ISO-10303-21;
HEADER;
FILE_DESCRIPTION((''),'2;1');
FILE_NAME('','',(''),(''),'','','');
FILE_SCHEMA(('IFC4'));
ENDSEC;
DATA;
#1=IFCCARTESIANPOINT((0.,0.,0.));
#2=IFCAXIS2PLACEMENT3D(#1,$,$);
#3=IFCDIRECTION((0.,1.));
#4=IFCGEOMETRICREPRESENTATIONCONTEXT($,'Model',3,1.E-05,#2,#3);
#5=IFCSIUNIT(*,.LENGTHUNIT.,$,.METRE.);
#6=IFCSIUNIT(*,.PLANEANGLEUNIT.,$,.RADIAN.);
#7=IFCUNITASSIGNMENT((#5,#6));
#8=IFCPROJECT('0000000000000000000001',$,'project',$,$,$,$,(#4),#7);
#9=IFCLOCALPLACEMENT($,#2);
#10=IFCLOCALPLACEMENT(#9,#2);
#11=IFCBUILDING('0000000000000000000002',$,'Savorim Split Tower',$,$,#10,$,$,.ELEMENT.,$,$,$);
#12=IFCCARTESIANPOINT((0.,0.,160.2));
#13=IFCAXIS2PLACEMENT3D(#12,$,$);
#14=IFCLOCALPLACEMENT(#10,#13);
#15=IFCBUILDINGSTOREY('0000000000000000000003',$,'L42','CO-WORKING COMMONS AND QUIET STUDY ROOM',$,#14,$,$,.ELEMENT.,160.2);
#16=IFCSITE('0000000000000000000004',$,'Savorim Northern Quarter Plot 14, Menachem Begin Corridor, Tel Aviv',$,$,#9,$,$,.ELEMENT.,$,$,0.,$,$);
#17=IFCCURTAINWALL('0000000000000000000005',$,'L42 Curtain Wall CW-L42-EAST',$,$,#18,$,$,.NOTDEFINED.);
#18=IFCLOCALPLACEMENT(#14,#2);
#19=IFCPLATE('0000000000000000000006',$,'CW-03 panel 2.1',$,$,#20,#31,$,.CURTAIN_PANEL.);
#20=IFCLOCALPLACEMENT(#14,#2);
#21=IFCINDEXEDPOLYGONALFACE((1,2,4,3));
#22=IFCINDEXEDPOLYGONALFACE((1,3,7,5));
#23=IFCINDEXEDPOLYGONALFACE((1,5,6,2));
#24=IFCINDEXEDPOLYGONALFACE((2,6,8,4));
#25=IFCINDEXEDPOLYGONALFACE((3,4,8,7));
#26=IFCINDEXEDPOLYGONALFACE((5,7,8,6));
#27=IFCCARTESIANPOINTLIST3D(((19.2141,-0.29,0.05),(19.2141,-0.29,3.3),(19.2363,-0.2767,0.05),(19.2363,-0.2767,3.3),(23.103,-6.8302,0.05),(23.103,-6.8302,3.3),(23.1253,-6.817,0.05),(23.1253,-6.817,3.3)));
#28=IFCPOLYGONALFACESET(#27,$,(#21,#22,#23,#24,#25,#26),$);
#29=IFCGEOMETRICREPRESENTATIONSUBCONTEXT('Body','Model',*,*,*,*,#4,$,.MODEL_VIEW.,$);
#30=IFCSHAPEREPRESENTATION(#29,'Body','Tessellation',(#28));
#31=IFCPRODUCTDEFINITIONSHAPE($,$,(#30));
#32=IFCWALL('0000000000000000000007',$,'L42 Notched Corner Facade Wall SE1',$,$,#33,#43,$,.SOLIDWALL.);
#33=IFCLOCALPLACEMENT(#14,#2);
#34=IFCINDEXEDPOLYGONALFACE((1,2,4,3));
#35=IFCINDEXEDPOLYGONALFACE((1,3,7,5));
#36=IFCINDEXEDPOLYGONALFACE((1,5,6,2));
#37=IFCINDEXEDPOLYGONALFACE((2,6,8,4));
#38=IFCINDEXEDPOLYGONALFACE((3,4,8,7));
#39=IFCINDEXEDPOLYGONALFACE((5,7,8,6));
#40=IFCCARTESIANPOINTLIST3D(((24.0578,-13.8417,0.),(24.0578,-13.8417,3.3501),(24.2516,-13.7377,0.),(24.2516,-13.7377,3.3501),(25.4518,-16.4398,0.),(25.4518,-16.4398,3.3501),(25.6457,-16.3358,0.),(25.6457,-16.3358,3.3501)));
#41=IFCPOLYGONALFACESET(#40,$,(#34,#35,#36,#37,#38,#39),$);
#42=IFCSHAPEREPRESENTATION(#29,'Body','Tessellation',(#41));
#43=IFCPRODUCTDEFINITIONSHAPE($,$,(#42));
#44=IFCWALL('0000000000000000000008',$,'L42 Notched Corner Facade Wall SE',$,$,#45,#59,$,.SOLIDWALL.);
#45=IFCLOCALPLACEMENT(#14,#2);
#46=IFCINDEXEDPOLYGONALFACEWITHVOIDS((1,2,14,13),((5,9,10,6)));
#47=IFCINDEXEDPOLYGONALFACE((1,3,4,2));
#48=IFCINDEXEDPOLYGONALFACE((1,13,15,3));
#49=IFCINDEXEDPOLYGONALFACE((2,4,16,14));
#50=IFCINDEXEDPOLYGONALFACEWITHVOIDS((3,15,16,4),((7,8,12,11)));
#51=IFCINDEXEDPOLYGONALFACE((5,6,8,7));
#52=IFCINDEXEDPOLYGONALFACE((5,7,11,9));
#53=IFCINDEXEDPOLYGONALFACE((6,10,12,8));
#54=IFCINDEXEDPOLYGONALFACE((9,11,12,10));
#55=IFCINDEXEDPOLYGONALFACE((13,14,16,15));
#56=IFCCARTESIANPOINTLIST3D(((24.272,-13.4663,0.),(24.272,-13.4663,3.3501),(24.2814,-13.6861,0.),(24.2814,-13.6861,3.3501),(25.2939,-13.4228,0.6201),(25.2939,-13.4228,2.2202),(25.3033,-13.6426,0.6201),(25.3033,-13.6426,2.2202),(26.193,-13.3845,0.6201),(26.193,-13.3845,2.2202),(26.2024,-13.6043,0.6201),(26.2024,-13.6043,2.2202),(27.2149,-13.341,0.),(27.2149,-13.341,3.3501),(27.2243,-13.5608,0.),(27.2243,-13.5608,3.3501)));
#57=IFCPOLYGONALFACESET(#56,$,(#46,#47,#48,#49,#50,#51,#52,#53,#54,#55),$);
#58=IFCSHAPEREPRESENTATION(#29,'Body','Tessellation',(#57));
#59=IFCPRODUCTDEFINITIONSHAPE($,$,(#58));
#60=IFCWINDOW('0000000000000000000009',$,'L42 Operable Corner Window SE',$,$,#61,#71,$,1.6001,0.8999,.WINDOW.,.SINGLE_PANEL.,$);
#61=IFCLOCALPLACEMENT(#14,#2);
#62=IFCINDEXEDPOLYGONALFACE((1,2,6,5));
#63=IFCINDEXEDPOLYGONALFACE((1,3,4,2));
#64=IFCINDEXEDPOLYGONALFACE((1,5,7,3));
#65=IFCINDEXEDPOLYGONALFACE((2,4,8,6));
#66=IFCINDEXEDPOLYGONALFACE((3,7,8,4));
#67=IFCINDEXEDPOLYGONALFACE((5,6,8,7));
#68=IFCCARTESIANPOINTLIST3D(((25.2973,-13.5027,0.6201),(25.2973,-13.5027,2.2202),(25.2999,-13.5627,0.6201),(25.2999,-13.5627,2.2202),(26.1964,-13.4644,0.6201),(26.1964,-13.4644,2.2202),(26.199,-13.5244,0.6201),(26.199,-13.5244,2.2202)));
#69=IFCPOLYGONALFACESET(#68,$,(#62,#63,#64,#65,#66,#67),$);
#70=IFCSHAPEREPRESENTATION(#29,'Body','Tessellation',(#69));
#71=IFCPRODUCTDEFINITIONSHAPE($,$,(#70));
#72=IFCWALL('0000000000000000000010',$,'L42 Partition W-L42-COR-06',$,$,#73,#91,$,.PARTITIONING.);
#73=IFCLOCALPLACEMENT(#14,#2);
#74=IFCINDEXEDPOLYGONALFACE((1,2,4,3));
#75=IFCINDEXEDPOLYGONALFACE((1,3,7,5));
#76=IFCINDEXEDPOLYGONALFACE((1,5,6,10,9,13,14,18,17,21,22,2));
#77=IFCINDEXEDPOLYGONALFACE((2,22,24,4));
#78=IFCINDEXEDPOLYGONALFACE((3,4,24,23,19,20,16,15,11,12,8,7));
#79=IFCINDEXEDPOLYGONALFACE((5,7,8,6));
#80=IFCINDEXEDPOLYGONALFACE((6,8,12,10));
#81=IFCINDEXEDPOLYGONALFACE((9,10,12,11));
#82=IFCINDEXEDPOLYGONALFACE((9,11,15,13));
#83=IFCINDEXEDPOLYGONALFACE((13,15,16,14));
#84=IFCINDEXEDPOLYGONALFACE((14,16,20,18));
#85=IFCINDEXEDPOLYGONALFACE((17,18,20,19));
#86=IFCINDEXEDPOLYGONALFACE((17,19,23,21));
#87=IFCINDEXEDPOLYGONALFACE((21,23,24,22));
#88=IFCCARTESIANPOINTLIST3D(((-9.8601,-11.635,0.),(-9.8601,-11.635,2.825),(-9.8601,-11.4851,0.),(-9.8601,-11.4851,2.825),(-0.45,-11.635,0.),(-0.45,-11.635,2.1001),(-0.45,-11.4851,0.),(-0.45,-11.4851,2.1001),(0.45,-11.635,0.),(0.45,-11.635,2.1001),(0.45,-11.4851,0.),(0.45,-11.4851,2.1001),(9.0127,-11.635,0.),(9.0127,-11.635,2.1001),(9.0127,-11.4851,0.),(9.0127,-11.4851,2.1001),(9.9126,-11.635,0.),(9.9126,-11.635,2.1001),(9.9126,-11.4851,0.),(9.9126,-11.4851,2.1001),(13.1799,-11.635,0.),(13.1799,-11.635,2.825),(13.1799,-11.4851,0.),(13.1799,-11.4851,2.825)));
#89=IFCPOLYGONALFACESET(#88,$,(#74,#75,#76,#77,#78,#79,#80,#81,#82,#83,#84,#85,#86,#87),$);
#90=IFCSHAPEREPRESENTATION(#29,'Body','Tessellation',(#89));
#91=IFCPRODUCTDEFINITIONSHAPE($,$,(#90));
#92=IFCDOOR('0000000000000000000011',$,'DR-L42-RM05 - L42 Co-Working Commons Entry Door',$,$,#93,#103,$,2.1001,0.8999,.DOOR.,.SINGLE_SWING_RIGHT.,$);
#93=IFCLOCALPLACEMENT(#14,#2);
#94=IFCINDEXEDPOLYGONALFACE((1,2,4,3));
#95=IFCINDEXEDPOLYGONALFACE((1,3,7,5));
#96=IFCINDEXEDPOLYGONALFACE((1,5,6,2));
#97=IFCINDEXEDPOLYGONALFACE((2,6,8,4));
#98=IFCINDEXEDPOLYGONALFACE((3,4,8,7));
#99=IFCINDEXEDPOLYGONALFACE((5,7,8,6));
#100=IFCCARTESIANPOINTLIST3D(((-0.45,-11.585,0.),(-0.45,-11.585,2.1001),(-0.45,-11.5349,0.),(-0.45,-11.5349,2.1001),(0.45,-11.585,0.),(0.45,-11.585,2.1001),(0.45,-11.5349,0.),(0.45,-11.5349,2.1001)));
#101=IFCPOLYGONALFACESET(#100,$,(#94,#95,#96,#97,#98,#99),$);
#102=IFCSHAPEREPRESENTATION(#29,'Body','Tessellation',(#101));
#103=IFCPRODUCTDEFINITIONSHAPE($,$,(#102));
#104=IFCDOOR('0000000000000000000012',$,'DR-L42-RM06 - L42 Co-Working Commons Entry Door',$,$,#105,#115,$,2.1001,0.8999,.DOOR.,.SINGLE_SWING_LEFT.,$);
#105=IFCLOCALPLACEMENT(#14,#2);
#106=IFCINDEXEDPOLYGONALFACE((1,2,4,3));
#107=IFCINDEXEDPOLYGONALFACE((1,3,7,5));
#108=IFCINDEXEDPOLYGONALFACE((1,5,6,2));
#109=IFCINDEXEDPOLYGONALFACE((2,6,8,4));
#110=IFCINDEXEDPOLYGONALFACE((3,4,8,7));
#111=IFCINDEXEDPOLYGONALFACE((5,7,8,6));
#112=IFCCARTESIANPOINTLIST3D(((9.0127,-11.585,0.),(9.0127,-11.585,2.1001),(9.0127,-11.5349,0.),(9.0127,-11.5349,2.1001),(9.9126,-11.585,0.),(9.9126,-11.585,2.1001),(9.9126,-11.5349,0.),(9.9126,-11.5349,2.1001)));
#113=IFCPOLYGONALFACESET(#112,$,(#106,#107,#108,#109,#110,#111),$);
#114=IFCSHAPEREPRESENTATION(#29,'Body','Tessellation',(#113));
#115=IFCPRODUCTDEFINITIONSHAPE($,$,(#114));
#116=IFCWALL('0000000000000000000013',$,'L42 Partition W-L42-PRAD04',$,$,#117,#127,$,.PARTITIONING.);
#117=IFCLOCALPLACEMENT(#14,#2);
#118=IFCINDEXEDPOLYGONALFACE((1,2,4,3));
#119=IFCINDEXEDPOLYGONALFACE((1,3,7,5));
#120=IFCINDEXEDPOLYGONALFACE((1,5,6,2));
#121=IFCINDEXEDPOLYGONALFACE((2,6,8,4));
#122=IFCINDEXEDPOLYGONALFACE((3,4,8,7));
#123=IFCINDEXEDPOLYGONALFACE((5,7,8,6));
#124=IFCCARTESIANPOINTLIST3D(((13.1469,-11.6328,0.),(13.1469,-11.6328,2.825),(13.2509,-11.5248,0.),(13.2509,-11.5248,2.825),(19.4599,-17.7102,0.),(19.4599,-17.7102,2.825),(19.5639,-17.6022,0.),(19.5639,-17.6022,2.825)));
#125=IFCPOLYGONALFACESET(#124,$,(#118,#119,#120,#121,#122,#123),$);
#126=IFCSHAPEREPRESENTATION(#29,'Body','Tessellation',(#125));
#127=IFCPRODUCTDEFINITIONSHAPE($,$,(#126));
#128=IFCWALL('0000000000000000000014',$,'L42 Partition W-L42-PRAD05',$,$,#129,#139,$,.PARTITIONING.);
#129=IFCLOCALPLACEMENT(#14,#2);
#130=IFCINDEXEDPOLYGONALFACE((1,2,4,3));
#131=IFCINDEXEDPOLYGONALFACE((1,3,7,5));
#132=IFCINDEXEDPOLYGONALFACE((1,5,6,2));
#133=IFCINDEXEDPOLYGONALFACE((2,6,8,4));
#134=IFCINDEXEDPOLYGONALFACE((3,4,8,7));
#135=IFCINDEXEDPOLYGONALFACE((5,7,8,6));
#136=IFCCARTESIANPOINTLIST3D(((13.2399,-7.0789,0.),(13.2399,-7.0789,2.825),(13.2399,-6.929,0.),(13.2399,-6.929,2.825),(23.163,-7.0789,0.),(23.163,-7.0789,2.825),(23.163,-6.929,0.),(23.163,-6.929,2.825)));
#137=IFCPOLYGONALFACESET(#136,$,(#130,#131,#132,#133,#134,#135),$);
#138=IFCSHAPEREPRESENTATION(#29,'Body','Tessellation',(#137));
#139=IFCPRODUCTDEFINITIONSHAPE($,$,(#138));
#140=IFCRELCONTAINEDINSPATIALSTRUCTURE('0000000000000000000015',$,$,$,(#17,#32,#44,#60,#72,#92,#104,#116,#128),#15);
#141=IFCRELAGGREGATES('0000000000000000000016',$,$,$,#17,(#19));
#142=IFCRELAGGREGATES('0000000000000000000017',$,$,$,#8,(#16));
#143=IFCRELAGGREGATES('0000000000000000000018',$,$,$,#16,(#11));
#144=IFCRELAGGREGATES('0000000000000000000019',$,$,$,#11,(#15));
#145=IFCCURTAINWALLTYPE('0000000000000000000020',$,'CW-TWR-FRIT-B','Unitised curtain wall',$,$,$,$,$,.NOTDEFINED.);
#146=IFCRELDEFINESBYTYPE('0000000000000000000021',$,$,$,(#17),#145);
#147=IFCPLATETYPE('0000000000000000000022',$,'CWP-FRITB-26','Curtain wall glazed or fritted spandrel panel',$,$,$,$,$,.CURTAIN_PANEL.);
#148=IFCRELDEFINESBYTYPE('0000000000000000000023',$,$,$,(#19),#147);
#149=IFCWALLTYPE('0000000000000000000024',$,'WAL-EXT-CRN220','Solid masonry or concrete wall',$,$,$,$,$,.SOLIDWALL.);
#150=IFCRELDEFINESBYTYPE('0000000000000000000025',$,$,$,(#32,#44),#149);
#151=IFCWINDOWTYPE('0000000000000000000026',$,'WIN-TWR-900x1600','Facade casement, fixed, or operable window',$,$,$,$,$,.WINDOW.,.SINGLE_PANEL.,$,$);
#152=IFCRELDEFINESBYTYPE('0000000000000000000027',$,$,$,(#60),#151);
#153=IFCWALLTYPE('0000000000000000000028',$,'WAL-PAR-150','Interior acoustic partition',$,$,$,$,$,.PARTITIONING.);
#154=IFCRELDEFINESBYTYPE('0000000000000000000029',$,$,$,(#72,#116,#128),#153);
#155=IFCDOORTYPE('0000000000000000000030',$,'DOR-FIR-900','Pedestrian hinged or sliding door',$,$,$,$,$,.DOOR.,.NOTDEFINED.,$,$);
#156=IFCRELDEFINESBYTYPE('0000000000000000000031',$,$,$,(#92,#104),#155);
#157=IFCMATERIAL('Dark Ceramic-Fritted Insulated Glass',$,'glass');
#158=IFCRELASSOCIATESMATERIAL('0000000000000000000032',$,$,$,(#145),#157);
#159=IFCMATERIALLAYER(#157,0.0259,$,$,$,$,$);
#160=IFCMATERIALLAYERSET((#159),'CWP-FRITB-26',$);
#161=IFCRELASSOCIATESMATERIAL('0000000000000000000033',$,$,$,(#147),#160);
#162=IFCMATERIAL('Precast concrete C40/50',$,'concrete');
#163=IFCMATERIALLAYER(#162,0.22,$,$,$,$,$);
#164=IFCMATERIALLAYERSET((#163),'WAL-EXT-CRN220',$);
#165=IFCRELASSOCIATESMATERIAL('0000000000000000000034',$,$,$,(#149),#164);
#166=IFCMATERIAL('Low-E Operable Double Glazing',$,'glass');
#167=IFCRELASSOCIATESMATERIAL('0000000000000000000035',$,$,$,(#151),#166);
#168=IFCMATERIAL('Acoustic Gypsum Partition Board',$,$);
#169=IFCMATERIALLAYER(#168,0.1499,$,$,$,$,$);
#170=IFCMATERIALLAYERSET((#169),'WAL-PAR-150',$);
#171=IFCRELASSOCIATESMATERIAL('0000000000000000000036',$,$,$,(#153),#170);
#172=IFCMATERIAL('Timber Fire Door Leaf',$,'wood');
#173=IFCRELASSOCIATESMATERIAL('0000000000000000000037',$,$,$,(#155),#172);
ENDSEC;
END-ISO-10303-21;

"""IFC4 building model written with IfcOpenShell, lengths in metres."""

from ifc_helpers import new_model, si_unit, direction, frame, frame_2d, origin, origin_2d, place, context, subcontext, project, spatial, rectangle, extrude, material, layer, layer_set, type_object, element, fill, aggregate, save


model = new_model("IFC4")

# Units and contexts
model_context = context("Model", 3, precision=1e-05, world=origin(), true_north=direction((0.0, 1.0)))
body_context = subcontext(model_context, "Body", "Model", "MODEL_VIEW")
ifc_project = project(units=[si_unit("LENGTHUNIT", "METRE"), si_unit("PLANEANGLEUNIT", "RADIAN")], contexts=[model_context])

# Site, building, storey
site_placement = place(None, origin())
site = spatial("IfcSite", under=ifc_project, at=site_placement, Name="Savorim Northern Quarter Plot 14, Menachem Begin Corridor, Tel Aviv", CompositionType="ELEMENT", RefElevation=0.0)
building_placement = place(site_placement, origin())
building = spatial("IfcBuilding", under=site, at=building_placement, Name="Savorim Split Tower", CompositionType="ELEMENT")
storey_placement = place(building_placement, frame((0.0, 0.0, 160.2)))
storey = spatial("IfcBuildingStorey", under=building, at=storey_placement, Name="L42", Description="CO-WORKING COMMONS AND QUIET STUDY ROOM", CompositionType="ELEMENT", Elevation=160.2)

# Curtain wall, plate
ifc_material_1 = material(Name="Dark Ceramic-Fritted Insulated Glass", Category="glass")
curtain_wall_type = type_object("IfcCurtainWallType", Name="CW-TWR-FRIT-B", Description="Unitised curtain wall", PredefinedType="NOTDEFINED", material=ifc_material_1)
curtain_wall_placement = place(storey_placement, origin())
curtain_wall = element("IfcCurtainWall", 1, at=curtain_wall_placement, inside=storey, type_object=curtain_wall_type, Name="L42 Curtain Wall CW-L42-EAST", PredefinedType="NOTDEFINED")
ifc_layer_1 = layer(ifc_material_1, 0.0259)
ifc_layer_set_1 = layer_set([ifc_layer_1], Name="CWP-FRITB-26")
plate_type = type_object("IfcPlateType", Name="CWP-FRITB-26", Description="Curtain wall glazed or fritted spandrel panel", PredefinedType="CURTAIN_PANEL", material=ifc_layer_set_1)
plate_1_placement = place(storey_placement, frame((21.1697, -3.5535, 0.05), z_axis=(0.0, 0.0, 1.0), x_axis=(-0.511091, 0.859526, 0.0)))
plate_1 = element("IfcPlate", 2, at=plate_1_placement, type_object=plate_type, Name="CW-03 panel 2.1", PredefinedType="CURTAIN_PANEL", context=body_context, shape_type="SweptSolid", body=[
    extrude(rectangle(XDim=7.6091, YDim=0.0259, at=origin_2d()), origin(), (0.0, 0.0, 1.0), 3.25),
])
aggregate(curtain_wall, [plate_1])

# Wall
ifc_material_2 = material(Name="Precast concrete C40/50", Category="concrete")
ifc_layer_2 = layer(ifc_material_2, 0.22)
ifc_layer_set_2 = layer_set([ifc_layer_2], Name="WAL-EXT-CRN220")
wall_type_1 = type_object("IfcWallType", Name="WAL-EXT-CRN220", Description="Solid masonry or concrete wall", PredefinedType="SOLIDWALL", material=ifc_layer_set_2)
wall_1_placement = place(storey_placement, frame((24.1548, -13.7898, 0.0), z_axis=(0.0, 0.0, 1.0), x_axis=(0.472796, -0.881172, 0.0)))
element("IfcWall", 3, at=wall_1_placement, inside=storey, type_object=wall_type_1, Name="L42 Notched Corner Facade Wall SE1", PredefinedType="SOLIDWALL", context=body_context, shape_type="SweptSolid", body=[
    extrude(rectangle(XDim=2.9485, YDim=0.22, at=frame_2d((1.4741, 0.0))), origin(), (0.0, 0.0, 1.0), 3.3501),
])

# Wall, opening, window
wall_2_placement = place(storey_placement, frame((27.2195, -13.4509, 0.0), z_axis=(0.0, 0.0, 1.0), x_axis=(-0.999096, -0.04252, 0.0)))
wall_2 = element("IfcWall", 4, at=wall_2_placement, inside=storey, type_object=wall_type_1, Name="L42 Notched Corner Facade Wall SE", PredefinedType="SOLIDWALL", context=body_context, shape_type="SweptSolid", body=[
    extrude(rectangle(XDim=2.9456, YDim=0.22, at=frame_2d((1.4727, 0.0))), origin(), (0.0, 0.0, 1.0), 3.3501),
])
opening_1_placement = place(wall_2_placement, frame((1.0227, 0.0, 0.6201)))
opening_1 = element("IfcOpeningElement", 5, at=opening_1_placement, cuts=wall_2, PredefinedType="OPENING", context=body_context, shape_type="SweptSolid", body=[
    extrude(rectangle(XDim=0.8999, YDim=1.6001, at=frame_2d((0.45, 0.8))), frame((0.0, 0.1199, 0.0), z_axis=(0.0, -1.0, 0.0), x_axis=(1.0, 0.0, 0.0)), (0.0, 0.0, 1.0), 0.24),
])
ifc_material_3 = material(Name="Low-E Operable Double Glazing", Category="glass")
window_type = type_object("IfcWindowType", Name="WIN-TWR-900x1600", Description="Facade casement, fixed, or operable window", PartitioningType="SINGLE_PANEL", PredefinedType="WINDOW", material=ifc_material_3)
window_placement = place(opening_1_placement, origin())
window = element("IfcWindow", 6, at=window_placement, inside=storey, type_object=window_type, Name="L42 Operable Corner Window SE", OverallHeight=1.6001, OverallWidth=0.8999, PartitioningType="SINGLE_PANEL", PredefinedType="WINDOW", context=body_context, shape_type="SweptSolid", body=[
    extrude(rectangle(XDim=0.8999, YDim=1.6001, at=frame_2d((0.45, 0.8))), frame((0.0, 0.03, 0.0), z_axis=(0.0, -1.0, 0.0), x_axis=(1.0, 0.0, 0.0)), (0.0, 0.0, 1.0), 0.0601),
])
fill(opening_1, window)

# Wall, openings, doors
ifc_material_4 = material(Name="Acoustic Gypsum Partition Board")
ifc_layer_3 = layer(ifc_material_4, 0.1499)
ifc_layer_set_3 = layer_set([ifc_layer_3], Name="WAL-PAR-150")
wall_type_2 = type_object("IfcWallType", Name="WAL-PAR-150", Description="Interior acoustic partition", PredefinedType="PARTITIONING", material=ifc_layer_set_3)
wall_3_placement = place(storey_placement, frame((13.1799, -11.5601, 0.0), z_axis=(0.0, 0.0, 1.0), x_axis=(-1.0, 0.0, 0.0)))
wall_3 = element("IfcWall", 7, at=wall_3_placement, inside=storey, type_object=wall_type_2, Name="L42 Partition W-L42-COR-06", PredefinedType="PARTITIONING", context=body_context, shape_type="SweptSolid", body=[
    extrude(rectangle(XDim=23.04, YDim=0.1499, at=frame_2d((11.52, 0.0))), origin(), (0.0, 0.0, 1.0), 2.825),
])
opening_2_placement = place(wall_3_placement, frame((12.73, 0.0, 0.0)))
opening_2 = element("IfcOpeningElement", 8, at=opening_2_placement, cuts=wall_3, PredefinedType="OPENING", context=body_context, shape_type="SweptSolid", body=[
    extrude(rectangle(XDim=0.8999, YDim=2.1001, at=frame_2d((0.45, 1.05))), frame((0.0, 0.085, 0.0), z_axis=(0.0, -1.0, 0.0), x_axis=(1.0, 0.0, 0.0)), (0.0, 0.0, 1.0), 0.1699),
])
opening_3_placement = place(wall_3_placement, frame((3.2673, 0.0, 0.0)))
opening_3 = element("IfcOpeningElement", 9, at=opening_3_placement, cuts=wall_3, PredefinedType="OPENING", context=body_context, shape_type="SweptSolid", body=[
    extrude(rectangle(XDim=0.8999, YDim=2.1001, at=frame_2d((0.45, 1.05))), frame((0.0, 0.085, 0.0), z_axis=(0.0, -1.0, 0.0), x_axis=(1.0, 0.0, 0.0)), (0.0, 0.0, 1.0), 0.1699),
])
ifc_material_5 = material(Name="Timber Fire Door Leaf", Category="wood")
door_type = type_object("IfcDoorType", Name="DOR-FIR-900", Description="Pedestrian hinged or sliding door", OperationType="NOTDEFINED", PredefinedType="DOOR", material=ifc_material_5)
door_1_placement = place(opening_2_placement, origin())
door_1 = element("IfcDoor", 10, at=door_1_placement, inside=storey, type_object=door_type, Name="DR-L42-RM05 - L42 Co-Working Commons Entry Door", OperationType="SINGLE_SWING_RIGHT", OverallHeight=2.1001, OverallWidth=0.8999, PredefinedType="DOOR", context=body_context, shape_type="SweptSolid", body=[
    extrude(rectangle(XDim=0.8999, YDim=2.1001, at=frame_2d((0.45, 1.05))), frame((0.0, 0.0249, 0.0), z_axis=(0.0, -1.0, 0.0), x_axis=(1.0, 0.0, 0.0)), (0.0, 0.0, 1.0), 0.05),
])
fill(opening_2, door_1)
door_2_placement = place(opening_3_placement, origin())
door_2 = element("IfcDoor", 11, at=door_2_placement, inside=storey, type_object=door_type, Name="DR-L42-RM06 - L42 Co-Working Commons Entry Door", OperationType="SINGLE_SWING_LEFT", OverallHeight=2.1001, OverallWidth=0.8999, PredefinedType="DOOR", context=body_context, shape_type="SweptSolid", body=[
    extrude(rectangle(XDim=0.8999, YDim=2.1001, at=frame_2d((0.45, 1.05))), frame((0.0, 0.0249, 0.0), z_axis=(0.0, -1.0, 0.0), x_axis=(1.0, 0.0, 0.0)), (0.0, 0.0, 1.0), 0.05),
])
fill(opening_3, door_2)

# Walls
wall_4_placement = place(storey_placement, frame((13.199, -11.5789, 0.0), z_axis=(0.0, 0.0, 1.0), x_axis=(0.720422, -0.693536, 0.0)))
element("IfcWall", 12, at=wall_4_placement, inside=storey, type_object=wall_type_2, Name="L42 Partition W-L42-PRAD04", PredefinedType="PARTITIONING", context=body_context, shape_type="SweptSolid", body=[
    extrude(rectangle(XDim=8.7629, YDim=0.1499, at=frame_2d((4.3813, 0.0))), origin(), (0.0, 0.0, 1.0), 2.825),
])
wall_5_placement = place(storey_placement, frame((13.24, -7.0039, 0.0), z_axis=(0.0, 0.0, 1.0), x_axis=(1.0, 0.0, 0.0)))
element("IfcWall", 13, at=wall_5_placement, inside=storey, type_object=wall_type_2, Name="L42 Partition W-L42-PRAD05", PredefinedType="PARTITIONING", context=body_context, shape_type="SweptSolid", body=[
    extrude(rectangle(XDim=9.9231, YDim=0.1499, at=frame_2d((4.9614, 0.0))), origin(), (0.0, 0.0, 1.0), 2.825),
])

save(model, "model.ifc")
